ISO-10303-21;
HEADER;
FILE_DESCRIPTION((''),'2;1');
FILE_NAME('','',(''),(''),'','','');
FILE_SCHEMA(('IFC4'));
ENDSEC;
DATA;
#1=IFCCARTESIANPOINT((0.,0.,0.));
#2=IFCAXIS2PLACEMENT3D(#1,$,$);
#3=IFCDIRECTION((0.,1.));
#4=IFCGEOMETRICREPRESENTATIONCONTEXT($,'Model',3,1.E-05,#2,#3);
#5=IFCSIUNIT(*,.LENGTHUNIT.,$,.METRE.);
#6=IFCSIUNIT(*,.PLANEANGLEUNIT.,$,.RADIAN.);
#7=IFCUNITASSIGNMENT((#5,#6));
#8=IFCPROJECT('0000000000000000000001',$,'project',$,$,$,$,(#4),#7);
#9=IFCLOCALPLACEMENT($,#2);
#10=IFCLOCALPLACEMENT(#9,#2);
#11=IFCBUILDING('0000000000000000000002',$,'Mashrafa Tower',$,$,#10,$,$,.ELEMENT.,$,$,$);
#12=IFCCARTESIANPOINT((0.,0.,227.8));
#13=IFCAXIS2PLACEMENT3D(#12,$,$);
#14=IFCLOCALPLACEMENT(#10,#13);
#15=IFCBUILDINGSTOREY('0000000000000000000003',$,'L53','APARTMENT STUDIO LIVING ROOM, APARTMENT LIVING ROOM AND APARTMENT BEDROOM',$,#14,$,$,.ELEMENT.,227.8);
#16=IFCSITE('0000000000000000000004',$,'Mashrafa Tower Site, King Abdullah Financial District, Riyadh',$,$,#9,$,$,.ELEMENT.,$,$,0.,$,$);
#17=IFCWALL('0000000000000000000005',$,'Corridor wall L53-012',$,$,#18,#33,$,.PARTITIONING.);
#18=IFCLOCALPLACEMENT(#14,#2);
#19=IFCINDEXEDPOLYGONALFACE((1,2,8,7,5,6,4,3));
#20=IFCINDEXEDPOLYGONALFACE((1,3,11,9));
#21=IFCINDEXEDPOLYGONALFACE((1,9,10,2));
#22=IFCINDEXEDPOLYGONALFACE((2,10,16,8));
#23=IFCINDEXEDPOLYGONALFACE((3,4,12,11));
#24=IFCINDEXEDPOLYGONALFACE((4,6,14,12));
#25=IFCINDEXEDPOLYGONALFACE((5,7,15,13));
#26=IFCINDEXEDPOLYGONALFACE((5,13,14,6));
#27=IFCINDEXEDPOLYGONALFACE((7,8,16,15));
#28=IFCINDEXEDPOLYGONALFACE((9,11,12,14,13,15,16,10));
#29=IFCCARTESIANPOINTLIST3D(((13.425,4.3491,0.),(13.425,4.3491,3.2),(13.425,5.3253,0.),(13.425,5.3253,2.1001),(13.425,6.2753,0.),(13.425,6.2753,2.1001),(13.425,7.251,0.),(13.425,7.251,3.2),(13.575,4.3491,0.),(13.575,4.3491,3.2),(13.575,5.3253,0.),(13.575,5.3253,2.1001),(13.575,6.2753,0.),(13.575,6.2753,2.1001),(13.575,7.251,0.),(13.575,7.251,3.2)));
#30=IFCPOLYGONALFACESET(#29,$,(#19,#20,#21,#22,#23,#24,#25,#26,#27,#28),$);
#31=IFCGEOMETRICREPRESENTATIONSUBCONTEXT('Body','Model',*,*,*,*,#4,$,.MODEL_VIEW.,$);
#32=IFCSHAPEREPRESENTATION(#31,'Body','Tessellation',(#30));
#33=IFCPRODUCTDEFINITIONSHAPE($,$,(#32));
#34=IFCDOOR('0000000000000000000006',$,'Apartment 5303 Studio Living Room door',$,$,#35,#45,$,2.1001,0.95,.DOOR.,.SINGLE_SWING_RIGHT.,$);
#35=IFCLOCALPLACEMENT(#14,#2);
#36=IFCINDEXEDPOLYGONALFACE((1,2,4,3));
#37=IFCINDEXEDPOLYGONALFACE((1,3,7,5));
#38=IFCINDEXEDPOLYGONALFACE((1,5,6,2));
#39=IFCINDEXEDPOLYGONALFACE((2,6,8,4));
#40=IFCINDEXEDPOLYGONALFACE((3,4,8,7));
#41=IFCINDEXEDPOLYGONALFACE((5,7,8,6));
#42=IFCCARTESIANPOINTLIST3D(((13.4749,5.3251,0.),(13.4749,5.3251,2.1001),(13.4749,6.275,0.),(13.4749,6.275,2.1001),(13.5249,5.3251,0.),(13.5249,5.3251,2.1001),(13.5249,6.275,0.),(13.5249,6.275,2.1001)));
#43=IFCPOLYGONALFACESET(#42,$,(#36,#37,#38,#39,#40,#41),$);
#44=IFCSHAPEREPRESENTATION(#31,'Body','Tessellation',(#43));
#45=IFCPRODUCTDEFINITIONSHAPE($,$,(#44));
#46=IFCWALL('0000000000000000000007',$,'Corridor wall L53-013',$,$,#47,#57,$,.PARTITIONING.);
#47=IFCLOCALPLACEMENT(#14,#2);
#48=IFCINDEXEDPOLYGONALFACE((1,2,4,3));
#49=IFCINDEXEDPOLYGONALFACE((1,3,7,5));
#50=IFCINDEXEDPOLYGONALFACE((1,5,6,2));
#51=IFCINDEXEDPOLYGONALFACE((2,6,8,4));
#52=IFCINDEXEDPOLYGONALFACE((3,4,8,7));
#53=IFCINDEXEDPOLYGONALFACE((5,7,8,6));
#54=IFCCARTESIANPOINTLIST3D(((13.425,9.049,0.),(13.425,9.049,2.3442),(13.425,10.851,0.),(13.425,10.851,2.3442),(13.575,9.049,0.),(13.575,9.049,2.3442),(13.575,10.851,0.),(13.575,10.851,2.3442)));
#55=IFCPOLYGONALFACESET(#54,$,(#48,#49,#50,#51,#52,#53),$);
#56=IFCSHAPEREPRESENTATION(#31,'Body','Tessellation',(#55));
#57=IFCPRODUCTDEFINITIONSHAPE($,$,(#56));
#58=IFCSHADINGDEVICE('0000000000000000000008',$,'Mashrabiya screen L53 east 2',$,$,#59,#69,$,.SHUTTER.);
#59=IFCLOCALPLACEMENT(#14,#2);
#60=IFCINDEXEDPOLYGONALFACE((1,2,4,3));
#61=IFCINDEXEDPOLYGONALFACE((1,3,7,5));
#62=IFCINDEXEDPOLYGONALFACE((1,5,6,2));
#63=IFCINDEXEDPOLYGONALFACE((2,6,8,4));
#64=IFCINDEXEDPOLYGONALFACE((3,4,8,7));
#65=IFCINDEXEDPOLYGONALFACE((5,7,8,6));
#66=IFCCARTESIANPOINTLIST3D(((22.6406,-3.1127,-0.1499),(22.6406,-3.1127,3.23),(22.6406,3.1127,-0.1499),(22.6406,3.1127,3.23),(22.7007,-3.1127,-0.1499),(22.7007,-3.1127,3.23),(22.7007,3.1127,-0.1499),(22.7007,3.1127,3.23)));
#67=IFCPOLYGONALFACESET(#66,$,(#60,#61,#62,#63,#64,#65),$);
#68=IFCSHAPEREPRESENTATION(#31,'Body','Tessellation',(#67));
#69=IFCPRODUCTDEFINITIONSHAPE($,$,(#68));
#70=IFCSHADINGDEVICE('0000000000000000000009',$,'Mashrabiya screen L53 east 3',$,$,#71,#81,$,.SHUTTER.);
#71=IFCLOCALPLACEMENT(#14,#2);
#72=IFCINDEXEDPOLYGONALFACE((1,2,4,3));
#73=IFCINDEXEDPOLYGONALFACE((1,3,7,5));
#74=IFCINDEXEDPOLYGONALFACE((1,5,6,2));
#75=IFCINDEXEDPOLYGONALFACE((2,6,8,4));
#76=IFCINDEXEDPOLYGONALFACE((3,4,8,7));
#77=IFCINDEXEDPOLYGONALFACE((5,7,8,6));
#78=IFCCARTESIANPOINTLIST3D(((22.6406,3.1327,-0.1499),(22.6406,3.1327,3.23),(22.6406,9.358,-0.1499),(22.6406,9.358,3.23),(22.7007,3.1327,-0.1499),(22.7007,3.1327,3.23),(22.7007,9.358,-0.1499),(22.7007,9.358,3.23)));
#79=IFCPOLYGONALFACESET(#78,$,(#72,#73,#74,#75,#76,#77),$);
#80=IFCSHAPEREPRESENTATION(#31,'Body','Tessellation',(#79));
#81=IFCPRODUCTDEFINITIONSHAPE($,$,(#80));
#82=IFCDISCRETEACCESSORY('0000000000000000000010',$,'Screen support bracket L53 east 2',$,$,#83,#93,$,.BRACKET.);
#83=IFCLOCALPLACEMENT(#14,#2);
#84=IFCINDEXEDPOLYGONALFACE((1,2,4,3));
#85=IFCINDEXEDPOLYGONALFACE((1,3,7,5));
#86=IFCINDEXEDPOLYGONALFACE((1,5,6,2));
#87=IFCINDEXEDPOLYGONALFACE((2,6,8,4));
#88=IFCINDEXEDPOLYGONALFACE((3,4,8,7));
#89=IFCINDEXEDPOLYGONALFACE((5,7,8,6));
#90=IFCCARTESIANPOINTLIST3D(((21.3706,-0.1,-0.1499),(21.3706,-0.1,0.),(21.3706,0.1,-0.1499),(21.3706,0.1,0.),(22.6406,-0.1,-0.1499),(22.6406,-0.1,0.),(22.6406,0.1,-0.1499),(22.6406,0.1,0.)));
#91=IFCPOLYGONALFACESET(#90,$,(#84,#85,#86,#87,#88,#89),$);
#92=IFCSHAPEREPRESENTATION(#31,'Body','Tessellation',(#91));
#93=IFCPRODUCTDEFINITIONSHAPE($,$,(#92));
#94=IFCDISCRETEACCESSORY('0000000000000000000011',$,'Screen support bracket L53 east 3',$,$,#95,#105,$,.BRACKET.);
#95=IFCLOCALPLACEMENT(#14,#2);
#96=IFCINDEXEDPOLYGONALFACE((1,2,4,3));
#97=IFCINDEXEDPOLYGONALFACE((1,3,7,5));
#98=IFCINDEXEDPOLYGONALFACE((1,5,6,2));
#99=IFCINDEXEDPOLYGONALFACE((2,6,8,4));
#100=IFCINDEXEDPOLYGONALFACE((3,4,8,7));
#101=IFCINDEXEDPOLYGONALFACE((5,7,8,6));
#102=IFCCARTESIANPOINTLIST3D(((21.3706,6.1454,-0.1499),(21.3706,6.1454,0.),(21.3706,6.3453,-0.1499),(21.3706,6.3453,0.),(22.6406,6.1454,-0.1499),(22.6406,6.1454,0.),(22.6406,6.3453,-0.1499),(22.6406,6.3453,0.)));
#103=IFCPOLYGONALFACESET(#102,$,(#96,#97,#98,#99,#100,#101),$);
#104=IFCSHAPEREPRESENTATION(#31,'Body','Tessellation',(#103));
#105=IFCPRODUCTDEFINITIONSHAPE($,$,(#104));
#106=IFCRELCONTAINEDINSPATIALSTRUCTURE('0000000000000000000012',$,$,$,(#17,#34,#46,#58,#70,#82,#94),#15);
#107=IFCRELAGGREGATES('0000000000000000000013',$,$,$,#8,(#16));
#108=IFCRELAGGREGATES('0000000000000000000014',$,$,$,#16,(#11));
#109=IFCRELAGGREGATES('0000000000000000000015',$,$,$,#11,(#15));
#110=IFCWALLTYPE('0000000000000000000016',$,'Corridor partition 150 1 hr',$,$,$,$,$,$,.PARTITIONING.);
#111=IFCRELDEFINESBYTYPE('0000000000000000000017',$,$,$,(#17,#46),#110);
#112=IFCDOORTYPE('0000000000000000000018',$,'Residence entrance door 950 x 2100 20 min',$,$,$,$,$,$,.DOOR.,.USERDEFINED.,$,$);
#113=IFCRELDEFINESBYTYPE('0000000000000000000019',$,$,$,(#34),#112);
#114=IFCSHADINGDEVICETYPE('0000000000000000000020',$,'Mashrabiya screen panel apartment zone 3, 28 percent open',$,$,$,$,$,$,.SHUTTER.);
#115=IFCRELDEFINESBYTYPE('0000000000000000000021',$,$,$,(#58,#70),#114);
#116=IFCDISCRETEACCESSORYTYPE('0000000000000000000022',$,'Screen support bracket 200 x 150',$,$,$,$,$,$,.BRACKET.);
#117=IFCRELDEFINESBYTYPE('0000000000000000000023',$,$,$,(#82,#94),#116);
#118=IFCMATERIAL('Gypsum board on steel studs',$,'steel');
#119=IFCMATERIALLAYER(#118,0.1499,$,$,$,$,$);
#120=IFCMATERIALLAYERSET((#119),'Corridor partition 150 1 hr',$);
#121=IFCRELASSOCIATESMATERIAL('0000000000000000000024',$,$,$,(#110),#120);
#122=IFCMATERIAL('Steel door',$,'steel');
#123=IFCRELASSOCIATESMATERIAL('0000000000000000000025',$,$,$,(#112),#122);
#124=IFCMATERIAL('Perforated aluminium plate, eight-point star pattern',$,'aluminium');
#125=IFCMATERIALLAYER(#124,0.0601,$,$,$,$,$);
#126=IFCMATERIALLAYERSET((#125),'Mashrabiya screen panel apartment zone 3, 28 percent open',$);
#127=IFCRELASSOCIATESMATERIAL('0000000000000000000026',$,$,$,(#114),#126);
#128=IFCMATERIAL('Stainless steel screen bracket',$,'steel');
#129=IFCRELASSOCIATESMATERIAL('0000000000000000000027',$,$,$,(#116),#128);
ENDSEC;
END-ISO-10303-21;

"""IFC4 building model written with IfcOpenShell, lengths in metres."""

from ifc_helpers import new_model, si_unit, direction, frame, frame_2d, origin, origin_2d, place, context, subcontext, project, spatial, rectangle, extrude, source, transform, mapped, material, layer, layer_set, type_object, type_shapes, element, fill, save


model = new_model("IFC4")

# Units and contexts
model_context = context("Model", 3, precision=1e-05, world=origin(), true_north=direction((0.0, 1.0)))
body_context = subcontext(model_context, "Body", "Model", "MODEL_VIEW")
ifc_project = project(units=[si_unit("LENGTHUNIT", "METRE"), si_unit("PLANEANGLEUNIT", "RADIAN")], contexts=[model_context])

# Site, building, storey
site_placement = place(None, origin())
site = spatial("IfcSite", under=ifc_project, at=site_placement, Name="Mashrafa Tower Site, King Abdullah Financial District, Riyadh", CompositionType="ELEMENT", RefElevation=0.0)
building_placement = place(site_placement, origin())
building = spatial("IfcBuilding", under=site, at=building_placement, Name="Mashrafa Tower", CompositionType="ELEMENT")
storey_placement = place(building_placement, frame((0.0, 0.0, 227.8)))
storey = spatial("IfcBuildingStorey", under=building, at=storey_placement, Name="L53", Description="APARTMENT STUDIO LIVING ROOM, APARTMENT LIVING ROOM AND APARTMENT BEDROOM", CompositionType="ELEMENT", Elevation=227.8)

# Shared definitions
ifc_material_1 = material(Name="Gypsum board on steel studs", Category="steel")
ifc_layer_1 = layer(ifc_material_1, 0.1499)
ifc_layer_set_1 = layer_set([ifc_layer_1], Name="Corridor partition 150 1 hr")
wall_type_1 = type_object("IfcWallType", Name="Corridor partition 150 1 hr", PredefinedType="PARTITIONING", material=ifc_layer_set_1)

# Shared definitions
ifc_material_2 = material(Name="Steel door", Category="steel")
door_type = type_object("IfcDoorType", Name="Residence entrance door 950 x 2100 20 min", OperationType="USERDEFINED", PredefinedType="DOOR", material=ifc_material_2)

# Wall, opening, door
wall_1_placement = place(storey_placement, frame((13.5, 4.3491, 0.0), z_axis=(0.0, 0.0, 1.0), x_axis=(0.0, 1.0, 0.0)))
wall_1 = element("IfcWall", 1, at=wall_1_placement, inside=storey, type_object=wall_type_1, Name="Corridor wall L53-012", PredefinedType="PARTITIONING", context=body_context, shape_type="SweptSolid", body=[
    extrude(rectangle(XDim=2.9019, YDim=0.1499, at=frame_2d((1.4509, 0.0))), origin(), (0.0, 0.0, 1.0), 3.2),
])
opening_1_placement = place(wall_1_placement, frame((0.9761, 0.0, 0.0)))
opening_1 = element("IfcOpeningElement", 2, at=opening_1_placement, cuts=wall_1, PredefinedType="OPENING", context=body_context, shape_type="SweptSolid", body=[
    extrude(rectangle(XDim=0.95, YDim=2.1001, at=frame_2d((0.4751, 1.05))), frame((0.0, 0.085, 0.0), z_axis=(0.0, -1.0, 0.0), x_axis=(1.0, 0.0, 0.0)), (0.0, 0.0, 1.0), 0.1699),
])
door_1_placement = place(opening_1_placement, frame((0.95, 0.0, 0.0), z_axis=(0.0, 0.0, 1.0), x_axis=(-1.0, 0.0, 0.0)))
door_1 = element("IfcDoor", 3, at=door_1_placement, inside=storey, type_object=door_type, Name="Apartment 5303 Studio Living Room door", OperationType="SINGLE_SWING_RIGHT", OverallHeight=2.1001, OverallWidth=0.95, PredefinedType="DOOR", context=body_context, shape_type="SweptSolid", body=[
    extrude(rectangle(XDim=0.95, YDim=2.1001, at=frame_2d((0.4751, 1.05))), frame((0.0, 0.0249, 0.0), z_axis=(0.0, -1.0, 0.0), x_axis=(1.0, 0.0, 0.0)), (0.0, 0.0, 1.0), 0.05),
])
fill(opening_1, door_1)

# Wall
wall_2_placement = place(storey_placement, frame((13.5, 9.0491, 0.0), z_axis=(0.0, 0.0, 1.0), x_axis=(0.0, 1.0, 0.0)))
element("IfcWall", 4, at=wall_2_placement, inside=storey, type_object=wall_type_1, Name="Corridor wall L53-013", PredefinedType="PARTITIONING", context=body_context, shape_type="SweptSolid", body=[
    extrude(rectangle(XDim=1.802, YDim=0.1499, at=frame_2d((0.9009, 0.0))), origin(), (0.0, 0.0, 1.0), 2.3442),
])

# Shading devices
ifc_material_3 = material(Name="Perforated aluminium plate, eight-point star pattern", Category="aluminium")
ifc_layer_2 = layer(ifc_material_3, 0.0601)
ifc_layer_set_2 = layer_set([ifc_layer_2], Name="Mashrabiya screen panel apartment zone 3, 28 percent open")
shading_device_type = type_object("IfcShadingDeviceType", Name="Mashrabiya screen panel apartment zone 3, 28 percent open", PredefinedType="SHUTTER", material=ifc_layer_set_2)
shared_shape_1 = source(origin(), body_context, "Body", "SweptSolid", [
    extrude(rectangle(XDim=6.2253, YDim=0.0601, at=origin_2d()), origin(), (0.0, 0.0, 1.0), 3.3799),
])
type_shapes(shading_device_type, [shared_shape_1])
for number, where, z_axis, x_axis, name in (
    (5, (22.6707, 0.0, -0.1499), (0.0, 0.0, 1.0), (0.0, 1.0, 0.0), "Mashrabiya screen L53 east 2"),
    (6, (22.6707, 6.2454, -0.1499), (0.0, 0.0, 1.0), (0.0, 1.0, 0.0), "Mashrabiya screen L53 east 3"),
):
    element("IfcShadingDevice", number, at=place(storey_placement, frame(where, z_axis=z_axis, x_axis=x_axis)), inside=storey, type_object=shading_device_type, Name=name, PredefinedType="SHUTTER", context=body_context, shape_type="MappedRepresentation", body=[
        mapped(shared_shape_1, transform((0.0, 0.0, 0.0))),
    ])

# Discrete accessories
ifc_material_4 = material(Name="Stainless steel screen bracket", Category="steel")
discrete_accessory_type = type_object("IfcDiscreteAccessoryType", Name="Screen support bracket 200 x 150", PredefinedType="BRACKET", material=ifc_material_4)
shared_shape_2 = source(origin(), body_context, "Body", "SweptSolid", [
    extrude(rectangle(XDim=0.2, YDim=1.27, at=origin_2d()), origin(), (0.0, 0.0, 1.0), 0.1499),
])
type_shapes(discrete_accessory_type, [shared_shape_2])
for number, where, z_axis, x_axis, name in (
    (7, (22.0056, 0.0, -0.1499), (0.0, 0.0, 1.0), (0.0, 1.0, 0.0), "Screen support bracket L53 east 2"),
    (8, (22.0056, 6.2454, -0.1499), (0.0, 0.0, 1.0), (0.0, 1.0, 0.0), "Screen support bracket L53 east 3"),
):
    element("IfcDiscreteAccessory", number, at=place(storey_placement, frame(where, z_axis=z_axis, x_axis=x_axis)), inside=storey, type_object=discrete_accessory_type, Name=name, PredefinedType="BRACKET", context=body_context, shape_type="MappedRepresentation", body=[
        mapped(shared_shape_2, transform((0.0, 0.0, 0.0))),
    ])

save(model, "model.ifc")
